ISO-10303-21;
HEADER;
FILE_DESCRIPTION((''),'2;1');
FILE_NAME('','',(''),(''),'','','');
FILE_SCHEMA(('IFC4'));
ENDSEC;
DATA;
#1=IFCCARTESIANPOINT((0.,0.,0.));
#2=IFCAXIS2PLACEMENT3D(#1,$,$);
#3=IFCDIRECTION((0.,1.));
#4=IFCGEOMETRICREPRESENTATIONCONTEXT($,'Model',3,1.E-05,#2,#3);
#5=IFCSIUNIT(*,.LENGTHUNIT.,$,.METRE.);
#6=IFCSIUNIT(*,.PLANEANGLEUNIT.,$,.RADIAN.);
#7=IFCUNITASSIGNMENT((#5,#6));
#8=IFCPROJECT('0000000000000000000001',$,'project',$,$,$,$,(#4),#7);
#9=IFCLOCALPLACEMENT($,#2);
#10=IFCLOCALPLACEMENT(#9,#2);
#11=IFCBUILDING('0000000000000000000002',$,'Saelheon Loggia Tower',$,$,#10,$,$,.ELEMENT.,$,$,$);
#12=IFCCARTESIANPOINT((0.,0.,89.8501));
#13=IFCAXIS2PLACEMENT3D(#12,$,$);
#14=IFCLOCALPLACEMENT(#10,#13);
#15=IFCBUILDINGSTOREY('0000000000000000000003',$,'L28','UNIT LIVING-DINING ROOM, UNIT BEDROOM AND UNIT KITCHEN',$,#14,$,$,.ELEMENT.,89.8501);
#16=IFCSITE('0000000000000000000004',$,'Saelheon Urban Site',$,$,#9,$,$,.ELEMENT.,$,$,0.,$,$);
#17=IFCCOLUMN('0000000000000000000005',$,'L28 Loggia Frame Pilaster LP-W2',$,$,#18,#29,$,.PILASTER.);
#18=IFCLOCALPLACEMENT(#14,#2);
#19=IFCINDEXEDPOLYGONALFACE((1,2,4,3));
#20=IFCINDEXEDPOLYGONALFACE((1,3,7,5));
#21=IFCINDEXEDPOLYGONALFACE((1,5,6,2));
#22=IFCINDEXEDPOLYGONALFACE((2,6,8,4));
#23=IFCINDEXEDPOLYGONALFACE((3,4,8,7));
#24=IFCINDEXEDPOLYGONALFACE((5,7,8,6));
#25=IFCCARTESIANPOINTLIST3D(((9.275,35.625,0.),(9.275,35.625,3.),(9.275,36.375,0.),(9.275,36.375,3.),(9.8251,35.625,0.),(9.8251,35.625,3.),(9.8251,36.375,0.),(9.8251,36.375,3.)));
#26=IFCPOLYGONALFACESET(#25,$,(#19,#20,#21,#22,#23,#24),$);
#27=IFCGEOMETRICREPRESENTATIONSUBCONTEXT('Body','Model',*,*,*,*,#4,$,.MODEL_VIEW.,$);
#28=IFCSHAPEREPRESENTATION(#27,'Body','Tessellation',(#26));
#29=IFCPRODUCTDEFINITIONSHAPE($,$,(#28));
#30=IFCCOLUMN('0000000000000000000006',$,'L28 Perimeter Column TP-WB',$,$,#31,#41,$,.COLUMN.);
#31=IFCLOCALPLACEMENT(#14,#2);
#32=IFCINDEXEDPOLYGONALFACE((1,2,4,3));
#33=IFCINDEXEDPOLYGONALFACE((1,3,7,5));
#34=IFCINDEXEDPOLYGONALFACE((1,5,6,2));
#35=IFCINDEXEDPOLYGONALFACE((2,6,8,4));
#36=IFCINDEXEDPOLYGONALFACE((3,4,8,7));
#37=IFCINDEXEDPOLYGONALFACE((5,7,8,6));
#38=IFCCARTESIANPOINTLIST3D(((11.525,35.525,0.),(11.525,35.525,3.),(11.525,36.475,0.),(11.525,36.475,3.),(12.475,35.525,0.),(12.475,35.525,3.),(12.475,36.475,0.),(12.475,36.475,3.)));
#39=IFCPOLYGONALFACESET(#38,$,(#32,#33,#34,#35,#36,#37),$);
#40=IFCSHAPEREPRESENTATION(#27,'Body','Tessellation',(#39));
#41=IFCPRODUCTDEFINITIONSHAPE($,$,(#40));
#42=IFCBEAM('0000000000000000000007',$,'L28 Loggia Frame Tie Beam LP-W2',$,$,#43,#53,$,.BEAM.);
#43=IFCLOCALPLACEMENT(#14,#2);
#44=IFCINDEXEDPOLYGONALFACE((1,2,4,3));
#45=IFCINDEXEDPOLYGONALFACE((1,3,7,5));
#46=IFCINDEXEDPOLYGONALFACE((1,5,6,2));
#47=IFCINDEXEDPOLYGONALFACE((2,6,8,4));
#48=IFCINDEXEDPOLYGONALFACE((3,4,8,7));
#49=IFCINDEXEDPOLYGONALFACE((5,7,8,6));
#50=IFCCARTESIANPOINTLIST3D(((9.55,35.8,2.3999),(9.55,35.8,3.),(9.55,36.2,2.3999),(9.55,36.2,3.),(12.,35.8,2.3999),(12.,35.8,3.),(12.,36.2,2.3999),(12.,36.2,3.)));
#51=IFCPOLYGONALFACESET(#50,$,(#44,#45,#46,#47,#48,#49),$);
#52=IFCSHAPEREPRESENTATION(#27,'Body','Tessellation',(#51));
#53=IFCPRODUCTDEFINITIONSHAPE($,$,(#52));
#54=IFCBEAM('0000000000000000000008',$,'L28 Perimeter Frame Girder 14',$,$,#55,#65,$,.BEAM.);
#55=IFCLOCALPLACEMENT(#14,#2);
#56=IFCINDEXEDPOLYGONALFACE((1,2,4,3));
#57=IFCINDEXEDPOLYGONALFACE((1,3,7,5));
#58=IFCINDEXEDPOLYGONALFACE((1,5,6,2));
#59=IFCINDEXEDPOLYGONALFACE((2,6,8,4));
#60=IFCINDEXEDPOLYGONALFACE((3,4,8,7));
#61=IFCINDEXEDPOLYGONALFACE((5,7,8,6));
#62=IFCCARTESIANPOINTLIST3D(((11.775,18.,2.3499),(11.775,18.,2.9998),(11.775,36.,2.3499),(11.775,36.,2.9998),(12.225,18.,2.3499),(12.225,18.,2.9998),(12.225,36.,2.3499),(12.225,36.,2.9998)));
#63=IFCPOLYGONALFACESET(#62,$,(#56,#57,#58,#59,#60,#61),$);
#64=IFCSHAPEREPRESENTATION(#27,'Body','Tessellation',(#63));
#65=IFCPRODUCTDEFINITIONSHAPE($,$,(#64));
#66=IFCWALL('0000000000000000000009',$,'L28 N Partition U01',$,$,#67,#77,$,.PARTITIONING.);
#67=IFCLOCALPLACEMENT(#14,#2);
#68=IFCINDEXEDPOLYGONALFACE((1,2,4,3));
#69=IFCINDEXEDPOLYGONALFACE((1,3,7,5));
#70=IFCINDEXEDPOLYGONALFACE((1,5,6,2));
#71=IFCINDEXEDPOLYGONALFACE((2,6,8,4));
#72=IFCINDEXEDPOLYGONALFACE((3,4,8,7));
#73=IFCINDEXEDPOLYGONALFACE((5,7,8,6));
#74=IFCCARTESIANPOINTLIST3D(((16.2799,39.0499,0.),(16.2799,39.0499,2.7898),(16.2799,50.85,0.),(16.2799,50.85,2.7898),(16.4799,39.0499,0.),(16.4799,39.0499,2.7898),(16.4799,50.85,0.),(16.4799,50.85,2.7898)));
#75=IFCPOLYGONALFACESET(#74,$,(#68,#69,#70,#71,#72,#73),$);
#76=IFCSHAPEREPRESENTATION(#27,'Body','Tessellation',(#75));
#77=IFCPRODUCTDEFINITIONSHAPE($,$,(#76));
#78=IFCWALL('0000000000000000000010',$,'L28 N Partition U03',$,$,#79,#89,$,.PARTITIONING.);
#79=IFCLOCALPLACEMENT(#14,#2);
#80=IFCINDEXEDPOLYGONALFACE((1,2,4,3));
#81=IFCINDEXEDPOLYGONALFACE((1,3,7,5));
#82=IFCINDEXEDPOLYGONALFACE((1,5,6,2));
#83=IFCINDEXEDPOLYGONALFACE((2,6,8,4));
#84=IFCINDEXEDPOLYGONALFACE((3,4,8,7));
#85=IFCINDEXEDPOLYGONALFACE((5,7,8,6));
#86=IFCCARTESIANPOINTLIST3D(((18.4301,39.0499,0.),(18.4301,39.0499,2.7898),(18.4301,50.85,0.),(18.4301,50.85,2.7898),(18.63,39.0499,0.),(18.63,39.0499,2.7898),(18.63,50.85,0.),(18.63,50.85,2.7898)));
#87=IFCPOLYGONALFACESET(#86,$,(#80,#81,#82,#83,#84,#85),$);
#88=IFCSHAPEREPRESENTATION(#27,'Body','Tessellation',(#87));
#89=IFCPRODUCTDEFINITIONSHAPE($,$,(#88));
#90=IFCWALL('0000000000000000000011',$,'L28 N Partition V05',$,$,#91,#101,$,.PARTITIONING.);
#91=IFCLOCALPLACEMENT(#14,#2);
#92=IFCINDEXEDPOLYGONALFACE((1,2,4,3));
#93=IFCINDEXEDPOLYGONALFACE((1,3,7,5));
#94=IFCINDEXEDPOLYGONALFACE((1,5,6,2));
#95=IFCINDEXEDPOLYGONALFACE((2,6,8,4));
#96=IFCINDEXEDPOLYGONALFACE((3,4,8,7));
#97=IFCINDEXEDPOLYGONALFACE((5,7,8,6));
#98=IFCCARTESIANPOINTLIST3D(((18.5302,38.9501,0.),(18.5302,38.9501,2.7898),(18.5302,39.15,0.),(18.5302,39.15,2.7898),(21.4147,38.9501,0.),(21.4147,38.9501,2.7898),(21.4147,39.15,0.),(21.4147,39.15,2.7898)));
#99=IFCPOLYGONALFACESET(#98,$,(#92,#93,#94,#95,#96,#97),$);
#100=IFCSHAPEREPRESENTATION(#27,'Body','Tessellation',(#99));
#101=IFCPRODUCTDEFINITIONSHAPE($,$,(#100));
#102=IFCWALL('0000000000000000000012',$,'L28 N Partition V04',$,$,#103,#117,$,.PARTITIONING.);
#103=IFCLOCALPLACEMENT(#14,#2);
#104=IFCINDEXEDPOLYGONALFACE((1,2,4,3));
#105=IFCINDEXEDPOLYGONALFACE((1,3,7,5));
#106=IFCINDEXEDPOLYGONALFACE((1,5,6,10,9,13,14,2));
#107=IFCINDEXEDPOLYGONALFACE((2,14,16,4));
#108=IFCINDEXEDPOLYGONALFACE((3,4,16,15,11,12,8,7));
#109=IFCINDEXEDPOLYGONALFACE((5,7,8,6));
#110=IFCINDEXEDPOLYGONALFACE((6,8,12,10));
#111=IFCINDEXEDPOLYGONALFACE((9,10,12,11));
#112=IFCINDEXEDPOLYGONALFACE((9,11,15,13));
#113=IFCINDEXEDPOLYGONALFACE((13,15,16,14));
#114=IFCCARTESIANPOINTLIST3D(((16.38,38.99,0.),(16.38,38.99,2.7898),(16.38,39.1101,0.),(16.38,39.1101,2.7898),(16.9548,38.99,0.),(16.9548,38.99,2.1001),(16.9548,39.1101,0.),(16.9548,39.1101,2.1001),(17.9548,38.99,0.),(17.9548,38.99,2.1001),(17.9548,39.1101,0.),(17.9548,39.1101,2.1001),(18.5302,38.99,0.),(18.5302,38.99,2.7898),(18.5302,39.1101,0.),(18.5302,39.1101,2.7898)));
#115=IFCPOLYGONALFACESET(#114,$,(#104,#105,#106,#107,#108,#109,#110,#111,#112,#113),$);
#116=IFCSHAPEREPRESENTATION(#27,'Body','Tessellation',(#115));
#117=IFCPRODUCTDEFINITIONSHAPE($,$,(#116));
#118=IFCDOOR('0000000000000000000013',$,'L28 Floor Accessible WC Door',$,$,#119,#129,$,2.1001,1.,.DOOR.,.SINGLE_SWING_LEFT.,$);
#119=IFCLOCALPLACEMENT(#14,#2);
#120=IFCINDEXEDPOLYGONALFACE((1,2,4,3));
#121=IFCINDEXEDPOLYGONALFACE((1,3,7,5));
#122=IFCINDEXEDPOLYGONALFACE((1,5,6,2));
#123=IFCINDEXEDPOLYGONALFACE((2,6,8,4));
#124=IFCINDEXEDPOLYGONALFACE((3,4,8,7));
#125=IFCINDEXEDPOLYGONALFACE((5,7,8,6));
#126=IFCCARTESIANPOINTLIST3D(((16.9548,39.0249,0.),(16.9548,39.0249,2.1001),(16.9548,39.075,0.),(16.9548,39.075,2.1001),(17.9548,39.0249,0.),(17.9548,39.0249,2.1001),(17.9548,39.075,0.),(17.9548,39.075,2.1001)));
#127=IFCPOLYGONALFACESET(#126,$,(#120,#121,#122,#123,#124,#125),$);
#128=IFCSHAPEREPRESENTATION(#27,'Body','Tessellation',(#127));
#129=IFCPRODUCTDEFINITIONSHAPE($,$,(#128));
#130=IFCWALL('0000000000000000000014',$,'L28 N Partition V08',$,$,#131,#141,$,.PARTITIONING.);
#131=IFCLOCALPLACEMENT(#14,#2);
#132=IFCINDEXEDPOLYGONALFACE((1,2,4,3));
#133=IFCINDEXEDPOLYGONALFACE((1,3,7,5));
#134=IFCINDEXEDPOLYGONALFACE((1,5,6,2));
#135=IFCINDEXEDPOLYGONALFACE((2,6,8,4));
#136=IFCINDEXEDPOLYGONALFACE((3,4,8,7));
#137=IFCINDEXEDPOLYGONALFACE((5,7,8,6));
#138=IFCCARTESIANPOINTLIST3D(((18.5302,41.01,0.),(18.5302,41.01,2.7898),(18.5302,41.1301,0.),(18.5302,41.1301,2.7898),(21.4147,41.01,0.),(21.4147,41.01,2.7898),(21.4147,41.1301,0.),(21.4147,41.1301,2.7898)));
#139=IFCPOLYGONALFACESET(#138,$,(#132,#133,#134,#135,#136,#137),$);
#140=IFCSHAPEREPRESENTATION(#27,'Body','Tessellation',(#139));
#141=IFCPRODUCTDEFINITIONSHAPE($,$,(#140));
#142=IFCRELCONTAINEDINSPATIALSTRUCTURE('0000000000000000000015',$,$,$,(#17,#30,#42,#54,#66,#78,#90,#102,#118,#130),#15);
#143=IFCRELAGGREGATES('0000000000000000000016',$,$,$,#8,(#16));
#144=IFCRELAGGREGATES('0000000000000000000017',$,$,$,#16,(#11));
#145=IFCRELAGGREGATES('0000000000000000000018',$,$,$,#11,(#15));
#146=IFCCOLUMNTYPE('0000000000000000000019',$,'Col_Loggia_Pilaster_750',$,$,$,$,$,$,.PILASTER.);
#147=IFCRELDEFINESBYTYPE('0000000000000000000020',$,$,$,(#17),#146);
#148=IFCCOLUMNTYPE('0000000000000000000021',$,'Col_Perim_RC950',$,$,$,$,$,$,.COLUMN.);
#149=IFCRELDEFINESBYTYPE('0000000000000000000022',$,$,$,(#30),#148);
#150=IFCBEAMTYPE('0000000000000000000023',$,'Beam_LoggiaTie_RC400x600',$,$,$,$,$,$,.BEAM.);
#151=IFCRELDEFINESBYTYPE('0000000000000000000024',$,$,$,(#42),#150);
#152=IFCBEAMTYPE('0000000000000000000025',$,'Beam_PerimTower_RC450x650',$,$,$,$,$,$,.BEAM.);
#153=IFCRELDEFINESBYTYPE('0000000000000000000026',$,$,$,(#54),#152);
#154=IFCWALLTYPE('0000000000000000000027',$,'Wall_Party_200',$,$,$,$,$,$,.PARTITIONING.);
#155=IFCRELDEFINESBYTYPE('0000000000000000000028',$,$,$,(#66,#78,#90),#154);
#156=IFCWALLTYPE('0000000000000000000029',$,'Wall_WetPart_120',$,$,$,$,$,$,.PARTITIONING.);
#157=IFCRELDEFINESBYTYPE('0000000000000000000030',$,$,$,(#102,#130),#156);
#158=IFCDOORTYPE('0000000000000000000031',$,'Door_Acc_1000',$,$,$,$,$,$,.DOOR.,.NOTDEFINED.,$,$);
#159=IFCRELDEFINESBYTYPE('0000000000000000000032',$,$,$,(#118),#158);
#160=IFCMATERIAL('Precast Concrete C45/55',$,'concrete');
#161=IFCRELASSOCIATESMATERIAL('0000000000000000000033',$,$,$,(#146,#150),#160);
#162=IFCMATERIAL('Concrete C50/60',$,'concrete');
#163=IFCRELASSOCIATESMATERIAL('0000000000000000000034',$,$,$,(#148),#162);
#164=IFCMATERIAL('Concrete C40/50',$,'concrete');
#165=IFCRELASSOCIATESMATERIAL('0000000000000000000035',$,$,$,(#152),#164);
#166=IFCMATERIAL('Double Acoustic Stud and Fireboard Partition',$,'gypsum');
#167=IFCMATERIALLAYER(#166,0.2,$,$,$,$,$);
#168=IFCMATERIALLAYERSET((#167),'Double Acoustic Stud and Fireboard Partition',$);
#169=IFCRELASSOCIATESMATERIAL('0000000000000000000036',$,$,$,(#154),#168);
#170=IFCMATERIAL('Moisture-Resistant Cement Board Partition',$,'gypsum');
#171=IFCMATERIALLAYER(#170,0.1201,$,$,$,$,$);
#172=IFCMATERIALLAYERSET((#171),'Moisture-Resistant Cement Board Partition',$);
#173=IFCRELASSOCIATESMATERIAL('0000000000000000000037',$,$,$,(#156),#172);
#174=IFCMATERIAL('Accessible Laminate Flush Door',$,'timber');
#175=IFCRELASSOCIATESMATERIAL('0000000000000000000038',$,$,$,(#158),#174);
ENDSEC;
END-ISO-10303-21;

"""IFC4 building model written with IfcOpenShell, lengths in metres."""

from ifc_helpers import new_model, si_unit, direction, frame, frame_2d, origin, origin_2d, place, context, subcontext, project, spatial, rectangle, extrude, source, transform, mapped, material, layer, layer_set, material_profile, profile_set, type_object, element, fill, save


model = new_model("IFC4")

# Units and contexts
model_context = context("Model", 3, precision=1e-05, world=origin(), true_north=direction((0.0, 1.0)))
body_context = subcontext(model_context, "Body", "Model", "MODEL_VIEW")
ifc_project = project(units=[si_unit("LENGTHUNIT", "METRE"), si_unit("PLANEANGLEUNIT", "RADIAN")], contexts=[model_context])

# Site, building, storey
site_placement = place(None, origin())
site = spatial("IfcSite", under=ifc_project, at=site_placement, Name="Saelheon Urban Site", CompositionType="ELEMENT", RefElevation=0.0)
building_placement = place(site_placement, origin())
building = spatial("IfcBuilding", under=site, at=building_placement, Name="Saelheon Loggia Tower", CompositionType="ELEMENT")
storey_placement = place(building_placement, frame((0.0, 0.0, 89.8501)))
storey = spatial("IfcBuildingStorey", under=building, at=storey_placement, Name="L28", Description="UNIT LIVING-DINING ROOM, UNIT BEDROOM AND UNIT KITCHEN", CompositionType="ELEMENT", Elevation=89.8501)

# Columns
ifc_material_1 = material(Name="Precast Concrete C45/55", Category="concrete")
ifc_material_profile_1 = material_profile(ifc_material_1, rectangle(XDim=0.55, YDim=0.75, at=origin_2d()), Name="RC-550x750")
ifc_profile_set_1 = profile_set([ifc_material_profile_1], Name="Precast Concrete C45/55")
column_type_1 = type_object("IfcColumnType", Name="Col_Loggia_Pilaster_750", PredefinedType="PILASTER", material=ifc_profile_set_1)
shared_shape_1 = source(origin(), body_context, "Body", "SweptSolid", [
    extrude(rectangle(XDim=0.55, YDim=0.75, at=origin_2d()), origin(), (0.0, 0.0, 1.0), 3.0),
])
column_1_placement = place(storey_placement, frame((9.55, 36.0, 0.0), z_axis=(0.0, 0.0, 1.0), x_axis=(1.0, 0.0, 0.0)))
element("IfcColumn", 1, at=column_1_placement, inside=storey, type_object=column_type_1, Name="L28 Loggia Frame Pilaster LP-W2", PredefinedType="PILASTER", context=body_context, shape_type="MappedRepresentation", body=[
    mapped(shared_shape_1, transform((0.0, 0.0, 0.0), scale=1.0)),
])
ifc_material_2 = material(Name="Concrete C50/60", Category="concrete")
ifc_material_profile_2 = material_profile(ifc_material_2, rectangle(XDim=0.95, YDim=0.95, at=origin_2d()), Name="RC-950x950")
ifc_profile_set_2 = profile_set([ifc_material_profile_2], Name="Concrete C50/60")
column_type_2 = type_object("IfcColumnType", Name="Col_Perim_RC950", PredefinedType="COLUMN", material=ifc_profile_set_2)
shared_shape_2 = source(origin(), body_context, "Body", "SweptSolid", [
    extrude(rectangle(XDim=0.95, YDim=0.95, at=origin_2d()), origin(), (0.0, 0.0, 1.0), 3.0),
])
column_2_placement = place(storey_placement, frame((12.0, 36.0, 0.0), z_axis=(0.0, 0.0, 1.0), x_axis=(1.0, 0.0, 0.0)))
element("IfcColumn", 2, at=column_2_placement, inside=storey, type_object=column_type_2, Name="L28 Perimeter Column TP-WB", PredefinedType="COLUMN", context=body_context, shape_type="MappedRepresentation", body=[
    mapped(shared_shape_2, transform((0.0, 0.0, 0.0), scale=1.0)),
])

# Beams
ifc_material_profile_3 = material_profile(ifc_material_1, rectangle(XDim=0.3999, YDim=0.6001, at=origin_2d()), Name="RC-400x600")
ifc_profile_set_3 = profile_set([ifc_material_profile_3], Name="Precast Concrete C45/55")
beam_type_1 = type_object("IfcBeamType", Name="Beam_LoggiaTie_RC400x600", PredefinedType="BEAM", material=ifc_profile_set_3)
shared_shape_3 = source(origin(), body_context, "Body", "SweptSolid", [
    extrude(rectangle(XDim=0.3999, YDim=0.6001, at=origin_2d()), origin(), (0.0, 0.0, 1.0), 2.45),
])
beam_1_placement = place(storey_placement, frame((12.0, 36.0, 2.7), z_axis=(-1.0, 0.0, 0.0), x_axis=(0.0, -1.0, 0.0)))
element("IfcBeam", 3, at=beam_1_placement, inside=storey, type_object=beam_type_1, Name="L28 Loggia Frame Tie Beam LP-W2", PredefinedType="BEAM", context=body_context, shape_type="MappedRepresentation", body=[
    mapped(shared_shape_3, transform((0.0, 0.0, 0.0), scale=1.0)),
])
ifc_material_3 = material(Name="Concrete C40/50", Category="concrete")
ifc_material_profile_4 = material_profile(ifc_material_3, rectangle(XDim=0.45, YDim=0.6499, at=origin_2d()), Name="RC-450x650")
ifc_profile_set_4 = profile_set([ifc_material_profile_4], Name="Concrete C40/50")
beam_type_2 = type_object("IfcBeamType", Name="Beam_PerimTower_RC450x650", PredefinedType="BEAM", material=ifc_profile_set_4)
shared_shape_4 = source(origin(), body_context, "Body", "SweptSolid", [
    extrude(rectangle(XDim=0.45, YDim=0.6499, at=origin_2d()), origin(), (0.0, 0.0, 1.0), 18.0),
])
beam_2_placement = place(storey_placement, frame((12.0, 36.0, 2.6748), z_axis=(0.0, -1.0, 0.0), x_axis=(1.0, 0.0, 0.0)))
element("IfcBeam", 4, at=beam_2_placement, inside=storey, type_object=beam_type_2, Name="L28 Perimeter Frame Girder 14", PredefinedType="BEAM", context=body_context, shape_type="MappedRepresentation", body=[
    mapped(shared_shape_4, transform((0.0, 0.0, 0.0), scale=1.0)),
])

# Walls
ifc_material_4 = material(Name="Double Acoustic Stud and Fireboard Partition", Category="gypsum")
ifc_layer_1 = layer(ifc_material_4, 0.2)
ifc_layer_set_1 = layer_set([ifc_layer_1], Name="Double Acoustic Stud and Fireboard Partition")
wall_type_1 = type_object("IfcWallType", Name="Wall_Party_200", PredefinedType="PARTITIONING", material=ifc_layer_set_1)
for number, where, z_axis, x_axis, name in (
    (5, (16.3799, 39.05, 0.0), (0.0, 0.0, 1.0), (0.0, 1.0, 0.0), "L28 N Partition U01"),
    (6, (18.53, 39.05, 0.0), (0.0, 0.0, 1.0), (0.0, 1.0, 0.0), "L28 N Partition U03"),
):
    element("IfcWall", number, at=place(storey_placement, frame(where, z_axis=z_axis, x_axis=x_axis)), inside=storey, type_object=wall_type_1, Name=name, PredefinedType="PARTITIONING", context=body_context, shape_type="SweptSolid", body=[
        extrude(rectangle(XDim=11.8, YDim=0.2, at=frame_2d((5.8999, 0.0))), origin(), (0.0, 0.0, 1.0), 2.7898),
    ])
wall_1_placement = place(storey_placement, frame((18.53, 39.05, 0.0), z_axis=(0.0, 0.0, 1.0), x_axis=(1.0, 0.0, 0.0)))
element("IfcWall", 7, at=wall_1_placement, inside=storey, type_object=wall_type_1, Name="L28 N Partition V05", PredefinedType="PARTITIONING", context=body_context, shape_type="SweptSolid", body=[
    extrude(rectangle(XDim=2.8845, YDim=0.2, at=frame_2d((1.4424, 0.0))), origin(), (0.0, 0.0, 1.0), 2.7898),
])

# Wall, opening, door
ifc_material_5 = material(Name="Moisture-Resistant Cement Board Partition", Category="gypsum")
ifc_layer_2 = layer(ifc_material_5, 0.1201)
ifc_layer_set_2 = layer_set([ifc_layer_2], Name="Moisture-Resistant Cement Board Partition")
wall_type_2 = type_object("IfcWallType", Name="Wall_WetPart_120", PredefinedType="PARTITIONING", material=ifc_layer_set_2)
wall_2_placement = place(storey_placement, frame((16.3799, 39.05, 0.0), z_axis=(0.0, 0.0, 1.0), x_axis=(1.0, 0.0, 0.0)))
wall_2 = element("IfcWall", 8, at=wall_2_placement, inside=storey, type_object=wall_type_2, Name="L28 N Partition V04", PredefinedType="PARTITIONING", context=body_context, shape_type="SweptSolid", body=[
    extrude(rectangle(XDim=2.1501, YDim=0.1201, at=frame_2d((1.0752, 0.0))), origin(), (0.0, 0.0, 1.0), 2.7898),
])
opening_1_placement = place(wall_2_placement, frame((0.575, 0.0, 0.0)))
opening_1 = element("IfcOpeningElement", 9, at=opening_1_placement, cuts=wall_2, PredefinedType="OPENING", context=body_context, shape_type="SweptSolid", body=[
    extrude(rectangle(XDim=1.0, YDim=2.1001, at=frame_2d((0.5, 1.05))), frame((0.0, 0.072, 0.0), z_axis=(0.0, -1.0, 0.0), x_axis=(1.0, 0.0, 0.0)), (0.0, 0.0, 1.0), 0.144),
])
ifc_material_6 = material(Name="Accessible Laminate Flush Door", Category="timber")
door_type_1 = type_object("IfcDoorType", Name="Door_Acc_1000", OperationType="NOTDEFINED", PredefinedType="DOOR", material=ifc_material_6)
shared_shape_5 = source(origin(), body_context, "Body", "SweptSolid", [
    extrude(rectangle(XDim=1.0, YDim=2.1001, at=frame_2d((0.5, 1.05))), frame((0.0, 0.0249, 0.0), z_axis=(0.0, -1.0, 0.0), x_axis=(1.0, 0.0, 0.0)), (0.0, 0.0, 1.0), 0.05),
])
door_1_placement = place(opening_1_placement, origin())
door_1 = element("IfcDoor", 10, at=door_1_placement, inside=storey, type_object=door_type_1, Name="L28 Floor Accessible WC Door", OperationType="SINGLE_SWING_LEFT", OverallHeight=2.1001, OverallWidth=1.0, PredefinedType="DOOR", context=body_context, shape_type="MappedRepresentation", body=[
    mapped(shared_shape_5, transform((0.0, 0.0, 0.0), scale=1.0)),
])
fill(opening_1, door_1)

# Wall
wall_3_placement = place(storey_placement, frame((18.53, 41.0701, 0.0), z_axis=(0.0, 0.0, 1.0), x_axis=(1.0, 0.0, 0.0)))
element("IfcWall", 11, at=wall_3_placement, inside=storey, type_object=wall_type_2, Name="L28 N Partition V08", PredefinedType="PARTITIONING", context=body_context, shape_type="SweptSolid", body=[
    extrude(rectangle(XDim=2.8845, YDim=0.1201, at=frame_2d((1.4424, 0.0))), origin(), (0.0, 0.0, 1.0), 2.7898),
])

save(model, "model.ifc")
